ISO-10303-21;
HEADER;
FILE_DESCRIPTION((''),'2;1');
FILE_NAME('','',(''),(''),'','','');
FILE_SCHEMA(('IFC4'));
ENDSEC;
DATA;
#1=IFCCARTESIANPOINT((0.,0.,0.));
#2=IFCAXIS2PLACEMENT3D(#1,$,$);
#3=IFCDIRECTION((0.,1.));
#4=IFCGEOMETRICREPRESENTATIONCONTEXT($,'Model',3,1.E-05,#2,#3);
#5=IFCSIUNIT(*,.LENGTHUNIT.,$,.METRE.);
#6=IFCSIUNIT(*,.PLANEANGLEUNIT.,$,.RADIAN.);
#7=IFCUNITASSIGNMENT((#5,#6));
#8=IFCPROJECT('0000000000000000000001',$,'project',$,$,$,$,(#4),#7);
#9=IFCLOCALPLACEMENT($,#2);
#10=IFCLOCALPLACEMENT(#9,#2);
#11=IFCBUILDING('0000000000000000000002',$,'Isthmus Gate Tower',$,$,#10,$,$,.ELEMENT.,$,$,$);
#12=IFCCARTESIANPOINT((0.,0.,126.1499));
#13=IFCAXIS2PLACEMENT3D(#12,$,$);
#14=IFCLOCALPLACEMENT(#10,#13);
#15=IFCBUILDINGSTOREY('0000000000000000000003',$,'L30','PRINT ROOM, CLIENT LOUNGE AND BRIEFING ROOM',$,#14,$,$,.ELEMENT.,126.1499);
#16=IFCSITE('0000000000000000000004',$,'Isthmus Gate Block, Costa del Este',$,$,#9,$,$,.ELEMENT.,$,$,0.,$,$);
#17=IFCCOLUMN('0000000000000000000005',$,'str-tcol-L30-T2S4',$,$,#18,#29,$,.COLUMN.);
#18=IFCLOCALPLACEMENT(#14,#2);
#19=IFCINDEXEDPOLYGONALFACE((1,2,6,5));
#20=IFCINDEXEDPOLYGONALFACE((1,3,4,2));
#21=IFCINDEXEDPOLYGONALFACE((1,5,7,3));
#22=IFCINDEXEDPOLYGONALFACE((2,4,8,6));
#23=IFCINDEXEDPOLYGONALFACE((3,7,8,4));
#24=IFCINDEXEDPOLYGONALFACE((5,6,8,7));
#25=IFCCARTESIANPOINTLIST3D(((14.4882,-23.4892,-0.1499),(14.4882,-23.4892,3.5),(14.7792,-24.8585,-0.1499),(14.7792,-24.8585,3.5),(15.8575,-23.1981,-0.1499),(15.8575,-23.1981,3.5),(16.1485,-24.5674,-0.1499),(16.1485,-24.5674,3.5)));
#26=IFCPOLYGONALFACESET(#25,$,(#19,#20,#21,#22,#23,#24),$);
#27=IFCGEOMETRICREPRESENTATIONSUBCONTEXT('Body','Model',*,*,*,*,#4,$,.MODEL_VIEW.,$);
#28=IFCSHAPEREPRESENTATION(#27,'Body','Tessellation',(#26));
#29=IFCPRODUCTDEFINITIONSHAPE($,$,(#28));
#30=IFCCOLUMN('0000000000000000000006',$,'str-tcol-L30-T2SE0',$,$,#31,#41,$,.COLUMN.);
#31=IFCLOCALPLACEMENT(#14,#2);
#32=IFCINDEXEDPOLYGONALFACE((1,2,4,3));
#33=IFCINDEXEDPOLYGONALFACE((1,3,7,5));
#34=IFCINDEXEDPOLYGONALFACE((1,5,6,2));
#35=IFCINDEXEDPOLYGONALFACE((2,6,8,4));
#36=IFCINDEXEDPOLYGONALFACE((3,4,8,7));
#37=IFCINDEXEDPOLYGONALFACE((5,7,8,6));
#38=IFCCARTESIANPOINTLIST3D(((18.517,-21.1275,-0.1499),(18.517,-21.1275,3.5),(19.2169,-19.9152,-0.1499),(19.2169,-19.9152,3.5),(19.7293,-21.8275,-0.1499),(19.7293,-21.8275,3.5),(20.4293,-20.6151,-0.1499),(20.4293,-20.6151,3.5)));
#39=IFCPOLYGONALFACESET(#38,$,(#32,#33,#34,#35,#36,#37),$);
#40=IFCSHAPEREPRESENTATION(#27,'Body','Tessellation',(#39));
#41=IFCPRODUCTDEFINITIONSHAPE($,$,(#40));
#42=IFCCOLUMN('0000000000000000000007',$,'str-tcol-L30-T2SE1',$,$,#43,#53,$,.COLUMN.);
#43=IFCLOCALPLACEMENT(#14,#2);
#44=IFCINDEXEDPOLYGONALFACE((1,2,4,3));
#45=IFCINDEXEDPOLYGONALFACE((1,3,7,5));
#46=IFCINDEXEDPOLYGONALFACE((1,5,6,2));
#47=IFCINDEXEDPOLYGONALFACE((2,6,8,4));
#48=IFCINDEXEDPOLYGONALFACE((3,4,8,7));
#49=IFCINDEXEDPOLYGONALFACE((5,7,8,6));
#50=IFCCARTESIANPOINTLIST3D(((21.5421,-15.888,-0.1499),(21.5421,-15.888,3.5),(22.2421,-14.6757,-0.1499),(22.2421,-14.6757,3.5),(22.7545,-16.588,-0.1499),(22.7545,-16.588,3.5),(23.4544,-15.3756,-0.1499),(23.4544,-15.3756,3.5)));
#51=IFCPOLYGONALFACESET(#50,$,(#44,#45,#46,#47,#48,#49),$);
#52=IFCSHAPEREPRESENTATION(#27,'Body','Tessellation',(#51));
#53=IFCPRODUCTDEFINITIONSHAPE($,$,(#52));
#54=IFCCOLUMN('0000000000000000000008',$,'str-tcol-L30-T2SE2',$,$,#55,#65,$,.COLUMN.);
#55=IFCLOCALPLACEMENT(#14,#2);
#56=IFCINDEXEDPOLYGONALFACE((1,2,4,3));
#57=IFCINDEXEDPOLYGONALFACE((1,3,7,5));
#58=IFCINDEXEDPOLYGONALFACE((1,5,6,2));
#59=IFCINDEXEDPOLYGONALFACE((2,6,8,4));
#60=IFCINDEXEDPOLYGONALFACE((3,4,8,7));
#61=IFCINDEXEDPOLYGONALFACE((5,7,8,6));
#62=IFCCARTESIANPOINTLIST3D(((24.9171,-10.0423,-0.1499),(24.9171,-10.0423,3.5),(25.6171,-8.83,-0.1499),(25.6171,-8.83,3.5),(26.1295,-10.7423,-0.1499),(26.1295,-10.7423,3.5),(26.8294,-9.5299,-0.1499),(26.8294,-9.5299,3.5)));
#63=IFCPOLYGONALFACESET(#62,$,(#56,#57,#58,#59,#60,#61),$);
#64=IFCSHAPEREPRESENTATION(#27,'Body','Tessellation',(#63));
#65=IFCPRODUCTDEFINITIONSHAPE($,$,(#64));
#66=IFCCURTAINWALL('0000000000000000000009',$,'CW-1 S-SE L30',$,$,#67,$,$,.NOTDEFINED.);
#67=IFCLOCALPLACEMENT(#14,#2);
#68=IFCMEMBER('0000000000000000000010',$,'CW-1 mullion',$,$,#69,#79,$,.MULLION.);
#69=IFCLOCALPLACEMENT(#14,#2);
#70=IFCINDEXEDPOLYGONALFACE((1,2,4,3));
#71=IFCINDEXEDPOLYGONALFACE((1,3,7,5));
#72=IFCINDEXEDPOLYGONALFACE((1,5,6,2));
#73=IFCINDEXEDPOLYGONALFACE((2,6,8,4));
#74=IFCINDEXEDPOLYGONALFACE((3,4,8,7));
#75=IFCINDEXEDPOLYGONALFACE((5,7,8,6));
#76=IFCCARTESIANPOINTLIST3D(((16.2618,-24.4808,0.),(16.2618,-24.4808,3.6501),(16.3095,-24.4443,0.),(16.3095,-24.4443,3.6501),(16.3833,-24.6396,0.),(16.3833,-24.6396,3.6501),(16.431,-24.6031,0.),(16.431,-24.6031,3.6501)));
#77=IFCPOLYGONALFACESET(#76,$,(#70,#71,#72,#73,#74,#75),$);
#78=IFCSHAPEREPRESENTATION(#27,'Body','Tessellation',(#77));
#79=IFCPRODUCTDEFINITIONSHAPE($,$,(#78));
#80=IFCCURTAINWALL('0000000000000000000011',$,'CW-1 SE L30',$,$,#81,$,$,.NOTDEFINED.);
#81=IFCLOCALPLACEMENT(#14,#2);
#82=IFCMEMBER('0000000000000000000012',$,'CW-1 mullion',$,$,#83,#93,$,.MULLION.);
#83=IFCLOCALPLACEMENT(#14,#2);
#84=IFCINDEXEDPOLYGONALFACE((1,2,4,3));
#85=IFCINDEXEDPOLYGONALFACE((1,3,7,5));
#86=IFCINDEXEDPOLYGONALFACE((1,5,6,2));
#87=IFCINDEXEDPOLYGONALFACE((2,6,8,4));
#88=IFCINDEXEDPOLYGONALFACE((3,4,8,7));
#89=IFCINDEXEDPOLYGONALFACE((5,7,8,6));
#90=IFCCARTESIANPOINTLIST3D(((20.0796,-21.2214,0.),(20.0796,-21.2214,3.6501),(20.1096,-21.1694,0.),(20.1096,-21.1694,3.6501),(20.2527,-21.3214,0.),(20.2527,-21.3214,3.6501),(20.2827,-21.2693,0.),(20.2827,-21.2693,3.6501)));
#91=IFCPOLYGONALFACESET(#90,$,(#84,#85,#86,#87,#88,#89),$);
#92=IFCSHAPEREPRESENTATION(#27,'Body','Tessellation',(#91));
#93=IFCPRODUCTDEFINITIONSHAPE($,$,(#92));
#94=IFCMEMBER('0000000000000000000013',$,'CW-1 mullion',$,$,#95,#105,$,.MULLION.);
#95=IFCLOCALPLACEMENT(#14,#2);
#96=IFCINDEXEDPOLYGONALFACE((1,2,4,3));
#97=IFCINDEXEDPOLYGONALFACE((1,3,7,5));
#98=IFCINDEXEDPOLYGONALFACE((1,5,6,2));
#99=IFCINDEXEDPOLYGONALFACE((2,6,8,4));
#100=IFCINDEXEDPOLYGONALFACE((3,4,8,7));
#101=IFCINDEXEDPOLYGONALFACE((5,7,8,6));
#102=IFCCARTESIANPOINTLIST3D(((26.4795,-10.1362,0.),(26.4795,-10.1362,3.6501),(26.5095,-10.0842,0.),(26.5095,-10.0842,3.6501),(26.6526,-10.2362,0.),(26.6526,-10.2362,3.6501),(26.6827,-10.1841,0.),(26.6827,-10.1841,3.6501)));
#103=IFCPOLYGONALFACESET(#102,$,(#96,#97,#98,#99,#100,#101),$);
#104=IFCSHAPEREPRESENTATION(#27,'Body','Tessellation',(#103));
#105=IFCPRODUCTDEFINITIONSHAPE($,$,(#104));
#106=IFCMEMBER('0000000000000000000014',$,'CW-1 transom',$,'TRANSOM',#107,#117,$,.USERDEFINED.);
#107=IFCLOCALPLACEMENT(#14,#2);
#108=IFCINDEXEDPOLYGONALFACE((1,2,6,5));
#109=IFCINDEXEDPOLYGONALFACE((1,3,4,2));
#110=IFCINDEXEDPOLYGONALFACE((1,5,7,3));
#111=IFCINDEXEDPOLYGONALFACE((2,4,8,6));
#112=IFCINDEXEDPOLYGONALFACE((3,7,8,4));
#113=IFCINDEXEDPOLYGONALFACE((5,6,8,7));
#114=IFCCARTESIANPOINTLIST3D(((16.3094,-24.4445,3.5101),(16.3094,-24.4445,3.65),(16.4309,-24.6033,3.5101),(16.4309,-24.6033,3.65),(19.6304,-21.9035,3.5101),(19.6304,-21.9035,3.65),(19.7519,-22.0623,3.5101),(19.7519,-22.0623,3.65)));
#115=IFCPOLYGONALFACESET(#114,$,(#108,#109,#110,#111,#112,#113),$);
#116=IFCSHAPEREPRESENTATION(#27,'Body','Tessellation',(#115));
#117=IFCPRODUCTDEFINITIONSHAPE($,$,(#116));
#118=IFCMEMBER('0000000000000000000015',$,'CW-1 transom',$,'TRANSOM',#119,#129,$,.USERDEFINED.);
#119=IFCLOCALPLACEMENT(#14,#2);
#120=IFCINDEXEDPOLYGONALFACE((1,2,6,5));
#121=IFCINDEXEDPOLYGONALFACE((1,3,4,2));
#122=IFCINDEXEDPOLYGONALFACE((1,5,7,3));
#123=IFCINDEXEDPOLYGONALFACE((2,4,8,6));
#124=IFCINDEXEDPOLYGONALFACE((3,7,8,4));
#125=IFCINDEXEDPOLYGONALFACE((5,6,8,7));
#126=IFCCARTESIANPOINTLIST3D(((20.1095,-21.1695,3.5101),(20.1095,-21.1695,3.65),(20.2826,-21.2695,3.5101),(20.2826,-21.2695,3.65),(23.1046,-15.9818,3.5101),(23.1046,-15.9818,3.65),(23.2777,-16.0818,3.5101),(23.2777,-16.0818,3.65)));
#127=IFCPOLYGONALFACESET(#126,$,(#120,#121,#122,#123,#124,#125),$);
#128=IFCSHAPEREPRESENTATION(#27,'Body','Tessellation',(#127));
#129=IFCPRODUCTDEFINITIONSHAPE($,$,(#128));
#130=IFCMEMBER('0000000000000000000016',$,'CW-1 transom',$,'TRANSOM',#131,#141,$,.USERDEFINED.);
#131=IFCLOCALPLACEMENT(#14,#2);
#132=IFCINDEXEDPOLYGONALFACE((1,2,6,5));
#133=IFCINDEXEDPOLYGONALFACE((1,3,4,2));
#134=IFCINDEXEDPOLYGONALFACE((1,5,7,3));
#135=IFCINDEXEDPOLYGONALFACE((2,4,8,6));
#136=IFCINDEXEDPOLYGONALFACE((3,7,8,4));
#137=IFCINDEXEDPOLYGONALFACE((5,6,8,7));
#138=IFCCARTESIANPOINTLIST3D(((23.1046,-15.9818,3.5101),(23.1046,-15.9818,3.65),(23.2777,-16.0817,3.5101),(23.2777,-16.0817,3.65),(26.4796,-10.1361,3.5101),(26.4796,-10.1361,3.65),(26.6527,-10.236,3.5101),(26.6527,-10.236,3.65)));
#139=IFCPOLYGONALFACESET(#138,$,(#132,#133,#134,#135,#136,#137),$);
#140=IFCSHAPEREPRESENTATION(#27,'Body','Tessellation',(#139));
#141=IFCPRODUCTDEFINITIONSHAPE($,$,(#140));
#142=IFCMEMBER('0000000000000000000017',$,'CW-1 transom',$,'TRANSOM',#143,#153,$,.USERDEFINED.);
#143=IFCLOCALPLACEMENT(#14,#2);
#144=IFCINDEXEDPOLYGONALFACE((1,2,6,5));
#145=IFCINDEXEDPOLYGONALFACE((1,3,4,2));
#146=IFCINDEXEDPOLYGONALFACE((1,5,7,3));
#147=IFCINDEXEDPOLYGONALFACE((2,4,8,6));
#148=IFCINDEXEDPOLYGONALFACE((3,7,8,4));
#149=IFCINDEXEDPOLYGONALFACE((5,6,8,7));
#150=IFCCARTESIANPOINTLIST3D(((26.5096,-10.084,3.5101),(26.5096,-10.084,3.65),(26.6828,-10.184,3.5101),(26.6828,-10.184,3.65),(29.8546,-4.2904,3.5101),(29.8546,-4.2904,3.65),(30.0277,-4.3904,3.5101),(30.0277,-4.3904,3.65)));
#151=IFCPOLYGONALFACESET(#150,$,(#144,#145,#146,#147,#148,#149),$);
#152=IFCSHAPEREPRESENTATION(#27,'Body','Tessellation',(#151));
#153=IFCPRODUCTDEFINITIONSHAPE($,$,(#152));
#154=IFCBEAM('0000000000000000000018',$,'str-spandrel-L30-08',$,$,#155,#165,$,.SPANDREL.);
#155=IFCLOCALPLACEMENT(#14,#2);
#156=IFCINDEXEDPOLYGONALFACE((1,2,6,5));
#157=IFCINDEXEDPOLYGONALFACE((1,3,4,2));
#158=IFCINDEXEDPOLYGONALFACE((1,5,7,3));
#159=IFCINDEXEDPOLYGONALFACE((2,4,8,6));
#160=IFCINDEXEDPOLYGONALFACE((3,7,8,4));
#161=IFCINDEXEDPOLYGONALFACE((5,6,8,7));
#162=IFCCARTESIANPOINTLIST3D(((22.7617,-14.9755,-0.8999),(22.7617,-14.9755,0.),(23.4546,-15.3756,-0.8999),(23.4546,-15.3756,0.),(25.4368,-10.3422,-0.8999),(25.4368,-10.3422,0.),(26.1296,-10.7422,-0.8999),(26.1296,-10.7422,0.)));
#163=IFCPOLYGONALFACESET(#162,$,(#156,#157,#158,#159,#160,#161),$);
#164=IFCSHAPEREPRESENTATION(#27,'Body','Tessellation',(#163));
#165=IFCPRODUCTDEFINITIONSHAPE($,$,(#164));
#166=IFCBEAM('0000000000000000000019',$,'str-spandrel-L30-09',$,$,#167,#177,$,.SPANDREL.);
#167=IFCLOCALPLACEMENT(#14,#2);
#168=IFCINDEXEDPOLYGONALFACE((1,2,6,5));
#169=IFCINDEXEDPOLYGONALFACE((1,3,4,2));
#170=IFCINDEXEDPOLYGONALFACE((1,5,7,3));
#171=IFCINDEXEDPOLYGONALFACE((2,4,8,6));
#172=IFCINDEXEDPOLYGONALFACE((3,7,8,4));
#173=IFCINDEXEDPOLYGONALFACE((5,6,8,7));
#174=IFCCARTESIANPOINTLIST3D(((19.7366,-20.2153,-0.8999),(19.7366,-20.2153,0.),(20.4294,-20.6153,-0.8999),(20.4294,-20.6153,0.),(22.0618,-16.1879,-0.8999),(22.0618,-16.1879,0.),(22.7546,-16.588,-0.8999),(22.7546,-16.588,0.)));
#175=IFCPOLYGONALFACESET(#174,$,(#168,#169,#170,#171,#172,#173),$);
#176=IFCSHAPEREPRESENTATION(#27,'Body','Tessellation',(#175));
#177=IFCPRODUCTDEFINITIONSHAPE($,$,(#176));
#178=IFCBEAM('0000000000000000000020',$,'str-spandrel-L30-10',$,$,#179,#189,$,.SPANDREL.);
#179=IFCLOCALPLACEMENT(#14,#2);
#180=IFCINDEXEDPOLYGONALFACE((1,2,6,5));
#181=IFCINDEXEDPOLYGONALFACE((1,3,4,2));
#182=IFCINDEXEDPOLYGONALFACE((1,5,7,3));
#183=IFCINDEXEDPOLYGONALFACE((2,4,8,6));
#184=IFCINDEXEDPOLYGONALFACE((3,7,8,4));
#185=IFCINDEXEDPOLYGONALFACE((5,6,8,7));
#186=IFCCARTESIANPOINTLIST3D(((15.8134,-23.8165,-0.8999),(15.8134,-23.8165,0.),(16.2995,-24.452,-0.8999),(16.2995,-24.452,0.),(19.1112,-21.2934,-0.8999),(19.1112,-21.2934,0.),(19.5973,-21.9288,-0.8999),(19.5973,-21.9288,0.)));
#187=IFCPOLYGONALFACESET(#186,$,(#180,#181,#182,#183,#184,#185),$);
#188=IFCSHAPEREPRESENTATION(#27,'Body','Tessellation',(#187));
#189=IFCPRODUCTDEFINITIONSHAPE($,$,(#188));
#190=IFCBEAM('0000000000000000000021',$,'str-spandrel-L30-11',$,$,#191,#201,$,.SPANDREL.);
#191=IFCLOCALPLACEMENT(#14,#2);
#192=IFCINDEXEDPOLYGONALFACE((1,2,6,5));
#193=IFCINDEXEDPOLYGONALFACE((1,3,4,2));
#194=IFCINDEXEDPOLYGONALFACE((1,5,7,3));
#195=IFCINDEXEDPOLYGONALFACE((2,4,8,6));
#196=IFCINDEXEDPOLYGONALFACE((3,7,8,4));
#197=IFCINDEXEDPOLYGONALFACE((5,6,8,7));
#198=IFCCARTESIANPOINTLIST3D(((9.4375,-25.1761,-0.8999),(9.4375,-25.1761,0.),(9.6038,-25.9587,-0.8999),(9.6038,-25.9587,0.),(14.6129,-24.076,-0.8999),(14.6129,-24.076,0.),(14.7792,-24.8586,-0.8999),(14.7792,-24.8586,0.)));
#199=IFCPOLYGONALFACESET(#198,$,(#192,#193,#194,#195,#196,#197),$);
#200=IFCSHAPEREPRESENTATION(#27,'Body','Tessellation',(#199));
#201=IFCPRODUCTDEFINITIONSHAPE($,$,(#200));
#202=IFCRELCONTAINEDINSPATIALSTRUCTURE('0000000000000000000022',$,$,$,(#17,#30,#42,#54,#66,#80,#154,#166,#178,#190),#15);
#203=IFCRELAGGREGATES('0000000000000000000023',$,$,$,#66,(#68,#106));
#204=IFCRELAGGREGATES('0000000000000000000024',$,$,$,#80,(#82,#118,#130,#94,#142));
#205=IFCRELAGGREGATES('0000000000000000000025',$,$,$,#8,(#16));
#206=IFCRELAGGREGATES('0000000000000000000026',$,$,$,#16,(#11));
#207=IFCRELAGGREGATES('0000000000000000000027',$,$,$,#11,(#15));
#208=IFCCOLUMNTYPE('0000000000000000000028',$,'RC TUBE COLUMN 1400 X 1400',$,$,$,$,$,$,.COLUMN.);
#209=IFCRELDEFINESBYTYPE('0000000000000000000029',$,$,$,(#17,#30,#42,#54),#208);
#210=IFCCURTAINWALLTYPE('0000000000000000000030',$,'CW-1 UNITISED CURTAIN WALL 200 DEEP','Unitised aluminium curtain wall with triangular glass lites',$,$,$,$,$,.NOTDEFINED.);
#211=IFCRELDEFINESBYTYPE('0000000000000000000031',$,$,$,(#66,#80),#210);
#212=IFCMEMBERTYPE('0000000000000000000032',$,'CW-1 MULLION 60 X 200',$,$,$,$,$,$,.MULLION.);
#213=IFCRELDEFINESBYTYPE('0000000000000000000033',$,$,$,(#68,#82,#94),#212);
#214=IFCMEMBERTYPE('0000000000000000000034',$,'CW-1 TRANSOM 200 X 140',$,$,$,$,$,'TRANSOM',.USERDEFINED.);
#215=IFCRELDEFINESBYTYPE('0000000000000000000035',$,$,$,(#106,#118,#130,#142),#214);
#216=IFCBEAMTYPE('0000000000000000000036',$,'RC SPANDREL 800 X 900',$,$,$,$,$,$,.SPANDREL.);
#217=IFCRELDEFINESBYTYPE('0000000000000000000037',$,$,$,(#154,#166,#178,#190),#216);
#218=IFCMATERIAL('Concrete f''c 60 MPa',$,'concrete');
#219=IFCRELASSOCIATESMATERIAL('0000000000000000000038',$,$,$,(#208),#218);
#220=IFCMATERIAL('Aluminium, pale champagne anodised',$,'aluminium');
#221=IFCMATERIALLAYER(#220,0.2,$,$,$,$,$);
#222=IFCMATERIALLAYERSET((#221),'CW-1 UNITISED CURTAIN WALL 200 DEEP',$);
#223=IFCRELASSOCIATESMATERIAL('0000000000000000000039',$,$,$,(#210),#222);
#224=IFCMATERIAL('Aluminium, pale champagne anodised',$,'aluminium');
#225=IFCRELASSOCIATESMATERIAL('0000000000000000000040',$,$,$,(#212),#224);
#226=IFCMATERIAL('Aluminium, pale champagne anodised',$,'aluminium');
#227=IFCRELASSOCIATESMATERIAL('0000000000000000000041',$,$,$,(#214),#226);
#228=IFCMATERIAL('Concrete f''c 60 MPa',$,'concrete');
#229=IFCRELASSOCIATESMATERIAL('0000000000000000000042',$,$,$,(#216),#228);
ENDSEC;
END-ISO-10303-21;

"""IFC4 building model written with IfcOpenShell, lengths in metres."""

from ifc_helpers import new_model, si_unit, direction, frame, origin, origin_2d, place, context, subcontext, project, spatial, rectangle, extrude, material, layer, layer_set, material_profile, profile_set, type_object, element, aggregate, save


model = new_model("IFC4")

# Units and contexts
model_context = context("Model", 3, precision=1e-05, world=origin(), true_north=direction((0.0, 1.0)))
body_context = subcontext(model_context, "Body", "Model", "MODEL_VIEW")
ifc_project = project(units=[si_unit("LENGTHUNIT", "METRE"), si_unit("PLANEANGLEUNIT", "RADIAN")], contexts=[model_context])

# Site, building, storey
site_placement = place(None, origin())
site = spatial("IfcSite", under=ifc_project, at=site_placement, Name="Isthmus Gate Block, Costa del Este", CompositionType="ELEMENT", RefElevation=0.0)
building_placement = place(site_placement, origin())
building = spatial("IfcBuilding", under=site, at=building_placement, Name="Isthmus Gate Tower", CompositionType="ELEMENT")
storey_placement = place(building_placement, frame((0.0, 0.0, 126.1499)))
storey = spatial("IfcBuildingStorey", under=building, at=storey_placement, Name="L30", Description="PRINT ROOM, CLIENT LOUNGE AND BRIEFING ROOM", CompositionType="ELEMENT", Elevation=126.1499)

# Columns
ifc_material_1 = material(Name="Concrete f'c 60 MPa", Category="concrete")
ifc_material_profile_1 = material_profile(ifc_material_1, rectangle(XDim=1.3999, YDim=1.3999, at=origin_2d()), Name="RC 1400X1400")
ifc_profile_set_1 = profile_set([ifc_material_profile_1], Name="Concrete f'c 60 MPa")
column_type = type_object("IfcColumnType", Name="RC TUBE COLUMN 1400 X 1400", PredefinedType="COLUMN", material=ifc_profile_set_1)
for number, where, z_axis, x_axis, name in (
    (1, (15.3184, -24.0283, -0.1499), (0.0, 0.0, 1.0), (0.978148, 0.207912, 0.0), "str-tcol-L30-T2S4"),
    (2, (19.4731, -20.8713, -0.1499), (0.0, 0.0, 1.0), (0.5, 0.866025, 0.0), "str-tcol-L30-T2SE0"),
    (3, (22.4983, -15.6318, -0.1499), (0.0, 0.0, 1.0), (0.5, 0.866025, 0.0), "str-tcol-L30-T2SE1"),
    (4, (25.8733, -9.7861, -0.1499), (0.0, 0.0, 1.0), (0.5, 0.866025, 0.0), "str-tcol-L30-T2SE2"),
):
    element("IfcColumn", number, at=place(storey_placement, frame(where, z_axis=z_axis, x_axis=x_axis)), inside=storey, type_object=column_type, Name=name, PredefinedType="COLUMN", context=body_context, shape_type="SweptSolid", body=[
        extrude(rectangle(XDim=1.3999, YDim=1.3999, at=origin_2d()), origin(), (0.0, 0.0, 1.0), 3.6499),
    ])

# Curtain wall, member
ifc_material_2 = material(Name="Aluminium, pale champagne anodised", Category="aluminium")
ifc_layer_1 = layer(ifc_material_2, 0.2)
ifc_layer_set_1 = layer_set([ifc_layer_1], Name="CW-1 UNITISED CURTAIN WALL 200 DEEP")
curtain_wall_type = type_object("IfcCurtainWallType", Name="CW-1 UNITISED CURTAIN WALL 200 DEEP", Description="Unitised aluminium curtain wall with triangular glass lites", PredefinedType="NOTDEFINED", material=ifc_layer_set_1)
curtain_wall_1_placement = place(storey_placement, origin())
curtain_wall_1 = element("IfcCurtainWall", 5, at=curtain_wall_1_placement, inside=storey, type_object=curtain_wall_type, Name="CW-1 S-SE L30", PredefinedType="NOTDEFINED")
ifc_material_3 = material(Name="Aluminium, pale champagne anodised", Category="aluminium")
ifc_material_profile_2 = material_profile(ifc_material_3, rectangle(XDim=0.0601, YDim=0.2, at=origin_2d()), Name="60x200")
ifc_profile_set_2 = profile_set([ifc_material_profile_2], Name="Aluminium, pale champagne anodised")
member_type_1 = type_object("IfcMemberType", Name="CW-1 MULLION 60 X 200", PredefinedType="MULLION", material=ifc_profile_set_2)
member_1_placement = place(storey_placement, frame((16.3464, -24.542, 0.0), z_axis=(0.0, 0.0, 1.0), x_axis=(0.794189, 0.607671, 0.0)))
member_1 = element("IfcMember", 6, at=member_1_placement, type_object=member_type_1, Name="CW-1 mullion", PredefinedType="MULLION", context=body_context, shape_type="SweptSolid", body=[
    extrude(rectangle(XDim=0.0601, YDim=0.2, at=origin_2d()), origin(), (0.0, 0.0, 1.0), 3.6501),
])

# Curtain wall, members
curtain_wall_2_placement = place(storey_placement, origin())
curtain_wall_2 = element("IfcCurtainWall", 7, at=curtain_wall_2_placement, inside=storey, type_object=curtain_wall_type, Name="CW-1 SE L30", PredefinedType="NOTDEFINED")
member_2_placement = place(storey_placement, frame((20.1812, -21.2454, 0.0), z_axis=(0.0, 0.0, 1.0), x_axis=(0.5, 0.866025, 0.0)))
member_2 = element("IfcMember", 8, at=member_2_placement, type_object=member_type_1, Name="CW-1 mullion", PredefinedType="MULLION", context=body_context, shape_type="SweptSolid", body=[
    extrude(rectangle(XDim=0.0601, YDim=0.2, at=origin_2d()), origin(), (0.0, 0.0, 1.0), 3.6501),
])
member_3_placement = place(storey_placement, frame((26.5811, -10.1602, 0.0), z_axis=(0.0, 0.0, 1.0), x_axis=(0.5, 0.866025, 0.0)))
member_3 = element("IfcMember", 9, at=member_3_placement, type_object=member_type_1, Name="CW-1 mullion", PredefinedType="MULLION", context=body_context, shape_type="SweptSolid", body=[
    extrude(rectangle(XDim=0.0601, YDim=0.2, at=origin_2d()), origin(), (0.0, 0.0, 1.0), 3.6501),
])

# Members
ifc_material_4 = material(Name="Aluminium, pale champagne anodised", Category="aluminium")
ifc_material_profile_3 = material_profile(ifc_material_4, rectangle(XDim=0.2, YDim=0.1399, at=origin_2d()), Name="200x140")
ifc_profile_set_3 = profile_set([ifc_material_profile_3], Name="Aluminium, pale champagne anodised")
member_type_2 = type_object("IfcMemberType", Name="CW-1 TRANSOM 200 X 140", ElementType="TRANSOM", PredefinedType="USERDEFINED", material=ifc_profile_set_3)
member_4_placement = place(storey_placement, frame((16.3701, -24.5239, 3.5801), z_axis=(0.794197, 0.60766, 0.0), x_axis=(-0.60766, 0.794197, 0.0)))
member_4 = element("IfcMember", 10, at=member_4_placement, type_object=member_type_2, Name="CW-1 transom", ObjectType="TRANSOM", PredefinedType="USERDEFINED", context=body_context, shape_type="SweptSolid", body=[
    extrude(rectangle(XDim=0.2, YDim=0.1399, at=origin_2d()), origin(), (0.0, 0.0, 1.0), 4.1816),
])
member_5_placement = place(storey_placement, frame((20.196, -21.2195, 3.5801), z_axis=(0.499996, 0.866027, 0.0), x_axis=(-0.866027, 0.499996, 0.0)))
member_5 = element("IfcMember", 11, at=member_5_placement, type_object=member_type_2, Name="CW-1 transom", ObjectType="TRANSOM", PredefinedType="USERDEFINED", context=body_context, shape_type="SweptSolid", body=[
    extrude(rectangle(XDim=0.2, YDim=0.1399, at=origin_2d()), origin(), (0.0, 0.0, 1.0), 5.9902),
])
member_6_placement = place(storey_placement, frame((23.1912, -16.0317, 3.5801), z_axis=(0.499998, 0.866027, 0.0), x_axis=(-0.866027, 0.499998, 0.0)))
member_6 = element("IfcMember", 12, at=member_6_placement, type_object=member_type_2, Name="CW-1 transom", ObjectType="TRANSOM", PredefinedType="USERDEFINED", context=body_context, shape_type="SweptSolid", body=[
    extrude(rectangle(XDim=0.2, YDim=0.1399, at=origin_2d()), origin(), (0.0, 0.0, 1.0), 6.75),
])
member_7_placement = place(storey_placement, frame((26.5962, -10.134, 3.5801), z_axis=(0.499997, 0.866027, 0.0), x_axis=(-0.866027, 0.499997, 0.0)))
member_7 = element("IfcMember", 13, at=member_7_placement, type_object=member_type_2, Name="CW-1 transom", ObjectType="TRANSOM", PredefinedType="USERDEFINED", context=body_context, shape_type="SweptSolid", body=[
    extrude(rectangle(XDim=0.2, YDim=0.1399, at=origin_2d()), origin(), (0.0, 0.0, 1.0), 6.6899),
])

# Beams
ifc_material_5 = material(Name="Concrete f'c 60 MPa", Category="concrete")
ifc_material_profile_4 = material_profile(ifc_material_5, rectangle(XDim=0.8, YDim=0.8999, at=origin_2d()), Name="RC 800X900")
ifc_profile_set_4 = profile_set([ifc_material_profile_4], Name="Concrete f'c 60 MPa")
beam_type_1 = type_object("IfcBeamType", Name="RC SPANDREL 800 X 900", PredefinedType="SPANDREL", material=ifc_profile_set_4)
beam_1_placement = place(storey_placement, frame((25.7832, -10.5422, -0.45), z_axis=(-0.500002, -0.866024, 0.0), x_axis=(0.866024, -0.500002, 0.0)))
element("IfcBeam", 14, at=beam_1_placement, inside=storey, type_object=beam_type_1, Name="str-spandrel-L30-08", PredefinedType="SPANDREL", context=body_context, shape_type="SweptSolid", body=[
    extrude(rectangle(XDim=0.8, YDim=0.8999, at=origin_2d()), origin(), (0.0, 0.0, 1.0), 5.3501),
])
beam_2_placement = place(storey_placement, frame((22.4082, -16.3879, -0.45), z_axis=(-0.500001, -0.866025, 0.0), x_axis=(0.866025, -0.500001, 0.0)))
element("IfcBeam", 15, at=beam_2_placement, inside=storey, type_object=beam_type_1, Name="str-spandrel-L30-09", PredefinedType="SPANDREL", context=body_context, shape_type="SweptSolid", body=[
    extrude(rectangle(XDim=0.8, YDim=0.8999, at=origin_2d()), origin(), (0.0, 0.0, 1.0), 4.6504),
])
beam_3_placement = place(storey_placement, frame((19.3542, -21.6111, -0.45), z_axis=(-0.794206, -0.607649, 0.0), x_axis=(0.607649, -0.794206, 0.0)))
element("IfcBeam", 16, at=beam_3_placement, inside=storey, type_object=beam_type_1, Name="str-spandrel-L30-10", PredefinedType="SPANDREL", context=body_context, shape_type="SweptSolid", body=[
    extrude(rectangle(XDim=0.8, YDim=0.8999, at=origin_2d()), origin(), (0.0, 0.0, 1.0), 4.1523),
])
beam_4_placement = place(storey_placement, frame((14.696, -24.4673, -0.45), z_axis=(-0.978145, -0.207922, 0.0), x_axis=(0.207922, -0.978145, 0.0)))
element("IfcBeam", 17, at=beam_4_placement, inside=storey, type_object=beam_type_1, Name="str-spandrel-L30-11", PredefinedType="SPANDREL", context=body_context, shape_type="SweptSolid", body=[
    extrude(rectangle(XDim=0.8, YDim=0.8999, at=origin_2d()), origin(), (0.0, 0.0, 1.0), 5.291),
])

aggregate(curtain_wall_1, [member_1, member_4])
aggregate(curtain_wall_2, [member_2, member_5, member_6, member_3, member_7])

save(model, "model.ifc")
